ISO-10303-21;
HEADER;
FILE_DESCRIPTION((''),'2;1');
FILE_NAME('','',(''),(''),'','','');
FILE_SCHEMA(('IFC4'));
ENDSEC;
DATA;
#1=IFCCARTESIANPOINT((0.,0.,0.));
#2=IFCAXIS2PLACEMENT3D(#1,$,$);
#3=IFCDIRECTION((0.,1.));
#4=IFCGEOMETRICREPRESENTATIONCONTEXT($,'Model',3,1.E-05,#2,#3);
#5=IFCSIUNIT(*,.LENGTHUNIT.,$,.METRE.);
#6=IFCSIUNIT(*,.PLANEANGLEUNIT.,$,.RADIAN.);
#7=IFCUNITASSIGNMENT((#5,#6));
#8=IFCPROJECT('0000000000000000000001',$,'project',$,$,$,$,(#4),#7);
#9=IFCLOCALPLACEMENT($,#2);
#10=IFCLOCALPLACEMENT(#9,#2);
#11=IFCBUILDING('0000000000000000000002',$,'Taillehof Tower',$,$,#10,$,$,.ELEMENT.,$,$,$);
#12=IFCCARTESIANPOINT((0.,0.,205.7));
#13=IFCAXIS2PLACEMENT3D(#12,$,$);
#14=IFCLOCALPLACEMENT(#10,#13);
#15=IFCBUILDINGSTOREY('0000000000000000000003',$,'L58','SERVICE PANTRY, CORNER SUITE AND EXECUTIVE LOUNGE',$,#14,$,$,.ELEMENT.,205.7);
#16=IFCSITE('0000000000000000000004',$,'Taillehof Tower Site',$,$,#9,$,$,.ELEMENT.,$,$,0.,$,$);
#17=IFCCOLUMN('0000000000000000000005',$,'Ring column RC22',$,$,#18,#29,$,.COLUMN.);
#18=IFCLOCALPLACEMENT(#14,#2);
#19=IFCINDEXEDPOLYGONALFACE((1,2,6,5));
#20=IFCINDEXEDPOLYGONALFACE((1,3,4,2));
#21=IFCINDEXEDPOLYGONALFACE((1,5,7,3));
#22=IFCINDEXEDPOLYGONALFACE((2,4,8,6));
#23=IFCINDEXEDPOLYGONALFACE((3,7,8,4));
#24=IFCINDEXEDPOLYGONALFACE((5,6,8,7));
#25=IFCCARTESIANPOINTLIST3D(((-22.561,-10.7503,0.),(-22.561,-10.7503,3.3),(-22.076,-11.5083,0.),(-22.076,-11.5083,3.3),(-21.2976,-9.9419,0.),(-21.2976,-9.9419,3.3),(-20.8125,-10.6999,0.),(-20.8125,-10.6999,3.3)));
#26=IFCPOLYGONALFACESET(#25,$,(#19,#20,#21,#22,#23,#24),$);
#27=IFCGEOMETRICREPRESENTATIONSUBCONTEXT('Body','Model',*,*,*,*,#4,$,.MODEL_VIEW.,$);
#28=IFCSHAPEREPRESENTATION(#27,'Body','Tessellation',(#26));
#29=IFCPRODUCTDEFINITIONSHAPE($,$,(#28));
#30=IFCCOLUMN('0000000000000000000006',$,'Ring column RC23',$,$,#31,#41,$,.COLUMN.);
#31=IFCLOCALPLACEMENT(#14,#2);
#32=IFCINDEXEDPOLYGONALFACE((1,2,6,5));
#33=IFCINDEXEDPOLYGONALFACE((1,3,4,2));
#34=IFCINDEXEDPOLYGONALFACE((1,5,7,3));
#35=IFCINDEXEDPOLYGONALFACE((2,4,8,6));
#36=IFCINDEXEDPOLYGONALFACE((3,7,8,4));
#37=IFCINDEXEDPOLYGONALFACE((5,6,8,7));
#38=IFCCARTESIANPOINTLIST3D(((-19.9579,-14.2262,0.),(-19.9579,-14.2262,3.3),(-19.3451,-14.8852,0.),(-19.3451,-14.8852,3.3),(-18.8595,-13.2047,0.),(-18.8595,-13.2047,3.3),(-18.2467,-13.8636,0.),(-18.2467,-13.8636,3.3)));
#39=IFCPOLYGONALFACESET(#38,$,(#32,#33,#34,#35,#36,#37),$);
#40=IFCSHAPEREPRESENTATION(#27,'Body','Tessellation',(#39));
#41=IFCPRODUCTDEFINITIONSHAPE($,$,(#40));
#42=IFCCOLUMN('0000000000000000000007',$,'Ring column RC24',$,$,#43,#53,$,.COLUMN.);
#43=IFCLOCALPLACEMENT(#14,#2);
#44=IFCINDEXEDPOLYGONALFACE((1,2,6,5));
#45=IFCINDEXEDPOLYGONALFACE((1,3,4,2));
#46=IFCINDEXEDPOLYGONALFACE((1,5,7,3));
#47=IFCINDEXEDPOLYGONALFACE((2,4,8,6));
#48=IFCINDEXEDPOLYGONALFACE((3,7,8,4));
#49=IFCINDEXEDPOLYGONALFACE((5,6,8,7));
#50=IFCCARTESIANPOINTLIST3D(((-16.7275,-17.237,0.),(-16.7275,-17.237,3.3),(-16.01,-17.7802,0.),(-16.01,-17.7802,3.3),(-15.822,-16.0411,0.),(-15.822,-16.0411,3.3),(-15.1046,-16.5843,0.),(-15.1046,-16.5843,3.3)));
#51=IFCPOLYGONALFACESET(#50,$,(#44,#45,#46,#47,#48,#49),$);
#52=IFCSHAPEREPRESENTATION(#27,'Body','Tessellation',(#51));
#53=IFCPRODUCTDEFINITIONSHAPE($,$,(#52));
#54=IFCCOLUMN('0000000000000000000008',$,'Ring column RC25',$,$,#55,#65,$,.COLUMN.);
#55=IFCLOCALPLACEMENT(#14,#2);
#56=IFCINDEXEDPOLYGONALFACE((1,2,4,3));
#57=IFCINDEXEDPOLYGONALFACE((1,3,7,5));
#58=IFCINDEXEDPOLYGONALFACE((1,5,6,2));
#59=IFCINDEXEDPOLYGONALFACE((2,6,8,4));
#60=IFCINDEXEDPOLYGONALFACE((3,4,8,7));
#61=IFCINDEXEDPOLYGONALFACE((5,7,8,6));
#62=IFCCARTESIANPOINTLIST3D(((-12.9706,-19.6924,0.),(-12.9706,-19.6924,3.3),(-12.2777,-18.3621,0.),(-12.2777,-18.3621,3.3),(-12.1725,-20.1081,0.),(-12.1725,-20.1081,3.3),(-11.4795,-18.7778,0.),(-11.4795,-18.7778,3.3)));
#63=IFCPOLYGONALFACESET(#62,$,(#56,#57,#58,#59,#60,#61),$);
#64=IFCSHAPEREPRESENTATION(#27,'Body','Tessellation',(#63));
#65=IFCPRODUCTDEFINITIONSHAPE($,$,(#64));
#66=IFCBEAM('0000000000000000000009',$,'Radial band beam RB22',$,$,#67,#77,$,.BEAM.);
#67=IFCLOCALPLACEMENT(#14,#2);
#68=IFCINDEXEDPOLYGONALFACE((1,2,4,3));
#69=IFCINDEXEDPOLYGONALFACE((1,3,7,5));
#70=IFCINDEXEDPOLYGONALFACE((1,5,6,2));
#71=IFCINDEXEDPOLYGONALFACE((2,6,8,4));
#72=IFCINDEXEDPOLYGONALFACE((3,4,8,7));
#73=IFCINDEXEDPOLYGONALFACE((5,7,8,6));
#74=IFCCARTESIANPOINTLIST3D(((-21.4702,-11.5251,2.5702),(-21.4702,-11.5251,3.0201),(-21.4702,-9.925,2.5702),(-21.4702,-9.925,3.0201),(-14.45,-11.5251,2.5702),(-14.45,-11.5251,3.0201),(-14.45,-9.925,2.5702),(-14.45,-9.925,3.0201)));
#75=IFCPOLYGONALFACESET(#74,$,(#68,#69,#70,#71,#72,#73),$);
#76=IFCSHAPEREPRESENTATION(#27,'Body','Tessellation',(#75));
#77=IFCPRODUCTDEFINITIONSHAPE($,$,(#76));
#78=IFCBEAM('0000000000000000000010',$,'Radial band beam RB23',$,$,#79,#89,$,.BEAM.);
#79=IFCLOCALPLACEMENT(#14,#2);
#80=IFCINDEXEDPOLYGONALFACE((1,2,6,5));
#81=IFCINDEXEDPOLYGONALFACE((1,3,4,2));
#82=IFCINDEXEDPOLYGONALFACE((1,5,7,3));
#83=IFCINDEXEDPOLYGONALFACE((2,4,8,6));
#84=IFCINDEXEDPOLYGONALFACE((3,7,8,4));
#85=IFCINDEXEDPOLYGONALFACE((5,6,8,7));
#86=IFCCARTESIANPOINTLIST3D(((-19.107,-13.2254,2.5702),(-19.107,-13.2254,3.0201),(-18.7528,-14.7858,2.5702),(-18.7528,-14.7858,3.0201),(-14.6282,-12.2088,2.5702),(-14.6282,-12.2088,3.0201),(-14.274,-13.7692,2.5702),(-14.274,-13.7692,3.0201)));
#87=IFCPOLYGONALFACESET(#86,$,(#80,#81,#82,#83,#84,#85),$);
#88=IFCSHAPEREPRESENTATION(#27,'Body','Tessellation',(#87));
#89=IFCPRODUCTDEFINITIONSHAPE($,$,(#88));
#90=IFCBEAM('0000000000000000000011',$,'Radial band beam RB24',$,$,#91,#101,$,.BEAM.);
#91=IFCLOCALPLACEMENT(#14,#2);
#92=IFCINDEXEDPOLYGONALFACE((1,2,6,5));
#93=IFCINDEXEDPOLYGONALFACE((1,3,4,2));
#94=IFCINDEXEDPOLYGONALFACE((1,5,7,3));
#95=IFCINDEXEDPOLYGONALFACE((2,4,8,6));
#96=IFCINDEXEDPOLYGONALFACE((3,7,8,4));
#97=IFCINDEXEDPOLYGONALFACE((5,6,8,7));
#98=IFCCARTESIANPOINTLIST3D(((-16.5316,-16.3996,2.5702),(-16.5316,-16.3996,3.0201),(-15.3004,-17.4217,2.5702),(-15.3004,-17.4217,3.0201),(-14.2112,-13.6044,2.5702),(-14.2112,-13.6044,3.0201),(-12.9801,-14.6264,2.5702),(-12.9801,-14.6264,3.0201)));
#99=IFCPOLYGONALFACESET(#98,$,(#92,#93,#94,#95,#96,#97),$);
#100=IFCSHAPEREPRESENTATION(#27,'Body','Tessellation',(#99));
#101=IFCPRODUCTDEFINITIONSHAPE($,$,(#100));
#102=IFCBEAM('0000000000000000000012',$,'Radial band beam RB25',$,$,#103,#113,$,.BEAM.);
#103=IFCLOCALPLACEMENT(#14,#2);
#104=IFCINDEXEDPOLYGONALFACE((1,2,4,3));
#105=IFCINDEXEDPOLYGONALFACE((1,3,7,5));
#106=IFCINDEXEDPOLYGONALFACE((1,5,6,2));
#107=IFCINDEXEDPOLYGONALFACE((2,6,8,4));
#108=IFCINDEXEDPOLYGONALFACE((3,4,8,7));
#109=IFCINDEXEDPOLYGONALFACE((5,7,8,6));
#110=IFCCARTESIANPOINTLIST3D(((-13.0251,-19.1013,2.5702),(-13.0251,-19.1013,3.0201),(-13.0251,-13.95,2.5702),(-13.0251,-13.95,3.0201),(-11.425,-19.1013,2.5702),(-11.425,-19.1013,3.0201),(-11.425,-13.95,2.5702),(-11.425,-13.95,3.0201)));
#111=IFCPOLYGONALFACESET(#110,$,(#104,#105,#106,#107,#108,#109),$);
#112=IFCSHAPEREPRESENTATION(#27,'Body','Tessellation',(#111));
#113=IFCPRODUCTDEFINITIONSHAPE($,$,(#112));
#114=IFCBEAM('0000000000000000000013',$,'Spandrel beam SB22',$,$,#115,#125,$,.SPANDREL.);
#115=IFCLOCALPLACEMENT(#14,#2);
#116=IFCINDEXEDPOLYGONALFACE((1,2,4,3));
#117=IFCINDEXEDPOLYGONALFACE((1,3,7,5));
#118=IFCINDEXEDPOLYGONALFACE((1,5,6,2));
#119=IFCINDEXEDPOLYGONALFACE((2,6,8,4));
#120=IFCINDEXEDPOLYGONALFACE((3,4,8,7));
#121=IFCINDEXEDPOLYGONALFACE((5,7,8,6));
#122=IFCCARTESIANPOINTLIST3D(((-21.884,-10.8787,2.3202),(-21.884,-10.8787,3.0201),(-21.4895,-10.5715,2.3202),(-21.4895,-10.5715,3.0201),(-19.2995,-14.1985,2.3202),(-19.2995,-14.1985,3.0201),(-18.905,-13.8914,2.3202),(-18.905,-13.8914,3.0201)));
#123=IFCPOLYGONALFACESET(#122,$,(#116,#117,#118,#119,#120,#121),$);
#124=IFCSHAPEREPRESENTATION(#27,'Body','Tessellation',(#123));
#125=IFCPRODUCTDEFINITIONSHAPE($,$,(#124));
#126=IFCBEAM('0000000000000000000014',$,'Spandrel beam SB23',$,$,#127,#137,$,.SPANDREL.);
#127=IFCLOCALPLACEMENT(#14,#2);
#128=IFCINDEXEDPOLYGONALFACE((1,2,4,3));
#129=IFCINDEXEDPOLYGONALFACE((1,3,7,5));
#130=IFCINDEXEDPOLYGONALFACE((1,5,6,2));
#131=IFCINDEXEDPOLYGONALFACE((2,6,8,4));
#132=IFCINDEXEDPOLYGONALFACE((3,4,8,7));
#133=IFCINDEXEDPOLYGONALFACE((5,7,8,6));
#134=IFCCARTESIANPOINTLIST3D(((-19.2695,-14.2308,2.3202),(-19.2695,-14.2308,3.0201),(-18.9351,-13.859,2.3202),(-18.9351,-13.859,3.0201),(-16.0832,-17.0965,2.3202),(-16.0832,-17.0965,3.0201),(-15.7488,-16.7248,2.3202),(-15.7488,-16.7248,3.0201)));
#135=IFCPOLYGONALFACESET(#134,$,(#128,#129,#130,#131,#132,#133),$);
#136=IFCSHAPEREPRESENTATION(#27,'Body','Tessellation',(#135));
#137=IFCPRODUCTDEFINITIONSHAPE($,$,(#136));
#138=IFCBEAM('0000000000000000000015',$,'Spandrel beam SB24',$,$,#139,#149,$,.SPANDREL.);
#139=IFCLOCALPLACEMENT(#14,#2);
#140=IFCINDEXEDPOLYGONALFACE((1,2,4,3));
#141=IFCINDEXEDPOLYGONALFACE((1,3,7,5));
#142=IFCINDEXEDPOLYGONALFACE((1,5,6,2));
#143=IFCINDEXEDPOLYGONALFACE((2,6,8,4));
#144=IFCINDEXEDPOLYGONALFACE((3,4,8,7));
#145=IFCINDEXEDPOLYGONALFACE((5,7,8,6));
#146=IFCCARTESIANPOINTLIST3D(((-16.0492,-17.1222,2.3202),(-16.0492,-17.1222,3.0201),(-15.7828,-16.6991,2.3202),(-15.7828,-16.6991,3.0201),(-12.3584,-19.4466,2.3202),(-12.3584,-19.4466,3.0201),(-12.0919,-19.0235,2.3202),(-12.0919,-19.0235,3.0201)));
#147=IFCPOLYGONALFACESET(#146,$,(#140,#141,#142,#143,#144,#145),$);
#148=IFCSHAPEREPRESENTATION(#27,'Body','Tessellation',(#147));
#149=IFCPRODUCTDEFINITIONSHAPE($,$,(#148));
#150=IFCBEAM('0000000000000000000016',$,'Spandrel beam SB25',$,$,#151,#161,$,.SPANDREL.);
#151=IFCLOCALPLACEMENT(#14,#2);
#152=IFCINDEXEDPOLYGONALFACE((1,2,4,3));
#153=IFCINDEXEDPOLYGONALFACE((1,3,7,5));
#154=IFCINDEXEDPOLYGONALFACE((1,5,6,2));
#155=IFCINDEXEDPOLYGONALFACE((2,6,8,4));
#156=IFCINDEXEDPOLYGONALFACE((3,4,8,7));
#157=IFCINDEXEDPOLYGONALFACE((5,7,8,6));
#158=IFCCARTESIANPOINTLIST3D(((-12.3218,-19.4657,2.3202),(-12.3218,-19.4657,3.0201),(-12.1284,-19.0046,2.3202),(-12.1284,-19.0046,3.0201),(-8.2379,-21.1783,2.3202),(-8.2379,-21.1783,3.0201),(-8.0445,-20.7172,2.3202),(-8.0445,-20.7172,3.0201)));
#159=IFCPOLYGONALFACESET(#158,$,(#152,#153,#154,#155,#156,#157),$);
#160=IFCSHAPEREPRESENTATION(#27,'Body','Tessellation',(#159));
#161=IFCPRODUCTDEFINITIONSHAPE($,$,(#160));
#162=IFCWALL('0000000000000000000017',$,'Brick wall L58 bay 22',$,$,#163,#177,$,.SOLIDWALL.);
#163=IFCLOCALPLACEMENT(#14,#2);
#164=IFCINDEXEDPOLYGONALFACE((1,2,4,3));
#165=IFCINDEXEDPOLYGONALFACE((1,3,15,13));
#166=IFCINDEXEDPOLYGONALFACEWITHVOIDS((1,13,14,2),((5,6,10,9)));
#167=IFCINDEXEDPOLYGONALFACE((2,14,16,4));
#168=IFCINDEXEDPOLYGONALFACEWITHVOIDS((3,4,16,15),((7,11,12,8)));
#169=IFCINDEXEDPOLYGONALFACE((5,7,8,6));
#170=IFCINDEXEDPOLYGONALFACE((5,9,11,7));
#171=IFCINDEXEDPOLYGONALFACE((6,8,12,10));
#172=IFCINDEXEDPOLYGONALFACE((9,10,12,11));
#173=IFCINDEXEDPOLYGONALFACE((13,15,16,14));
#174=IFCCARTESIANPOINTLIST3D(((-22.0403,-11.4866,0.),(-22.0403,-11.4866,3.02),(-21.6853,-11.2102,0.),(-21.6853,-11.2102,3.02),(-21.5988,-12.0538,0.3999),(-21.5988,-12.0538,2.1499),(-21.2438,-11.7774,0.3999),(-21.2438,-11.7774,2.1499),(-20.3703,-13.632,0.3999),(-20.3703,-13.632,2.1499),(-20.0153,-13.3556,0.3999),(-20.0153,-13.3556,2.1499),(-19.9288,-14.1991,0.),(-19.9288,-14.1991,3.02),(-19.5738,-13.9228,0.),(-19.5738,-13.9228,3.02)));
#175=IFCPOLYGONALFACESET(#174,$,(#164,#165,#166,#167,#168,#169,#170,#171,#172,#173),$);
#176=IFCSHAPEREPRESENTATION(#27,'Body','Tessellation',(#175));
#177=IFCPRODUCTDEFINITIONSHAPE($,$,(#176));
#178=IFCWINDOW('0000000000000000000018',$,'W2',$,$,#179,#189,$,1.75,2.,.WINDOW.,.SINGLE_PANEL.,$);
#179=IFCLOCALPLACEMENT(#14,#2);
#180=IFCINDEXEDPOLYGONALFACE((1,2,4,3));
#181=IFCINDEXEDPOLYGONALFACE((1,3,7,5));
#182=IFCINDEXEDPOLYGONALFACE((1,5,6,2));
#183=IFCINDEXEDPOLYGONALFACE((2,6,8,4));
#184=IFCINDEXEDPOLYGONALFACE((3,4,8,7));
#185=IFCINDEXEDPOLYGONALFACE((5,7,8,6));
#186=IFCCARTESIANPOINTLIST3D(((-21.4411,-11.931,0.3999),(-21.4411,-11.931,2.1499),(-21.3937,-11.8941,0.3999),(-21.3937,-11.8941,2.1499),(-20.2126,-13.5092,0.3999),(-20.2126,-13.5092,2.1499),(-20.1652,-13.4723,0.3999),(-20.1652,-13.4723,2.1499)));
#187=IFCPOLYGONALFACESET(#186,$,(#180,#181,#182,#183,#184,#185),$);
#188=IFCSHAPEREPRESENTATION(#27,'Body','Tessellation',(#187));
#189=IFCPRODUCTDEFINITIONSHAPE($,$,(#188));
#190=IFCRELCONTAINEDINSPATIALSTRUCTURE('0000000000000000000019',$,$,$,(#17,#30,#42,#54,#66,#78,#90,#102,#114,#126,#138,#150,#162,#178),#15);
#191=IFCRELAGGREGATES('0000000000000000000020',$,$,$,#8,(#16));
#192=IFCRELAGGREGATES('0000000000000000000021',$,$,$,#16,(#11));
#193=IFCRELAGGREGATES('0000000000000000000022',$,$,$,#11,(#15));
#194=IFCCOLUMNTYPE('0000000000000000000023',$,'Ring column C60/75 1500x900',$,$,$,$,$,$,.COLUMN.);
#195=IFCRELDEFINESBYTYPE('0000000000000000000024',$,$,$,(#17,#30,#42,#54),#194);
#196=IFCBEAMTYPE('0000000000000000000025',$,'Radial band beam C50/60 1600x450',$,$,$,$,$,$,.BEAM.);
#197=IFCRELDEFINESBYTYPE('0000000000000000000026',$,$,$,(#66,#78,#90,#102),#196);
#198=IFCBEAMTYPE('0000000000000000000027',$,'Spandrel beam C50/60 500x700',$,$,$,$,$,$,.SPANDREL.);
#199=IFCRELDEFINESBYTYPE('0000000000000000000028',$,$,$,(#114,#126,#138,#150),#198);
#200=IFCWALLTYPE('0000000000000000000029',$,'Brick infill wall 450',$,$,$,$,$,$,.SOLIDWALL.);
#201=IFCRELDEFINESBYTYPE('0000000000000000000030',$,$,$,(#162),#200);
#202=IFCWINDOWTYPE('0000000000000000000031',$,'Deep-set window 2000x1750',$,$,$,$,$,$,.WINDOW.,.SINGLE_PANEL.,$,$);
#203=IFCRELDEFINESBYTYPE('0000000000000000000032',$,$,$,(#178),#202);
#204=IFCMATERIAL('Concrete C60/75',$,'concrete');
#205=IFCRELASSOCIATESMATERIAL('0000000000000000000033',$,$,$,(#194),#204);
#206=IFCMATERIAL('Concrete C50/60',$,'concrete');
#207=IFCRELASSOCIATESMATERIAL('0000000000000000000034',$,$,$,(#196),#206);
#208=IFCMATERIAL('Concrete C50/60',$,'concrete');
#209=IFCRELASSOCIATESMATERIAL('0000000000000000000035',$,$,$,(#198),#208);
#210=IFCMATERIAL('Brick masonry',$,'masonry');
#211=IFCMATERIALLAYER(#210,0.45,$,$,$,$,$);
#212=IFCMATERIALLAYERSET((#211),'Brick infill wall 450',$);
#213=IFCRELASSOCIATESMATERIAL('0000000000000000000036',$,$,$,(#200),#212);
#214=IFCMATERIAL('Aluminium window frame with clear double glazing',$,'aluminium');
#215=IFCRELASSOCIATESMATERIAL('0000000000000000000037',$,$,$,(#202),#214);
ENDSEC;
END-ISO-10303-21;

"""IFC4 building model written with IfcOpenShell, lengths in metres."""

from ifc_helpers import new_model, si_unit, direction, frame, frame_2d, origin, origin_2d, place, context, subcontext, project, spatial, rectangle, extrude, material, layer, layer_set, material_profile, profile_set, type_object, element, fill, save


model = new_model("IFC4")

# Units and contexts
model_context = context("Model", 3, precision=1e-05, world=origin(), true_north=direction((0.0, 1.0)))
body_context = subcontext(model_context, "Body", "Model", "MODEL_VIEW")
ifc_project = project(units=[si_unit("LENGTHUNIT", "METRE"), si_unit("PLANEANGLEUNIT", "RADIAN")], contexts=[model_context])

# Site, building, storey
site_placement = place(None, origin())
site = spatial("IfcSite", under=ifc_project, at=site_placement, Name="Taillehof Tower Site", CompositionType="ELEMENT", RefElevation=0.0)
building_placement = place(site_placement, origin())
building = spatial("IfcBuilding", under=site, at=building_placement, Name="Taillehof Tower", CompositionType="ELEMENT")
storey_placement = place(building_placement, frame((0.0, 0.0, 205.7)))
storey = spatial("IfcBuildingStorey", under=building, at=storey_placement, Name="L58", Description="SERVICE PANTRY, CORNER SUITE AND EXECUTIVE LOUNGE", CompositionType="ELEMENT", Elevation=205.7)

# Columns
ifc_material_1 = material(Name="Concrete C60/75", Category="concrete")
ifc_material_profile_1 = material_profile(ifc_material_1, rectangle(XDim=1.5, YDim=0.8999, at=origin_2d()), Name="RC 1500x900")
ifc_profile_set_1 = profile_set([ifc_material_profile_1], Name="Concrete C60/75")
column_type = type_object("IfcColumnType", Name="Ring column C60/75 1500x900", PredefinedType="COLUMN", material=ifc_profile_set_1)
for number, where, z_axis, x_axis, name in (
    (1, (-21.6868, -10.7251, 0.0), (0.0, 0.0, 1.0), (-0.842311, -0.538992, 0.0), "Ring column RC22"),
    (2, (-19.1023, -14.0449, 0.0), (0.0, 0.0, 1.0), (-0.732271, -0.681013, 0.0), "Ring column RC23"),
    (3, (-15.916, -16.9106, 0.0), (0.0, 0.0, 1.0), (-0.603608, -0.797281, 0.0), "Ring column RC24"),
    (4, (-12.2251, -19.2351, 0.0), (0.0, 0.0, 1.0), (-0.461993, -0.886883, 0.0), "Ring column RC25"),
):
    element("IfcColumn", number, at=place(storey_placement, frame(where, z_axis=z_axis, x_axis=x_axis)), inside=storey, type_object=column_type, Name=name, PredefinedType="COLUMN", context=body_context, shape_type="SweptSolid", body=[
        extrude(rectangle(XDim=1.5, YDim=0.8999, at=origin_2d()), origin(), (0.0, 0.0, 1.0), 3.3),
    ])

# Beams
ifc_material_2 = material(Name="Concrete C50/60", Category="concrete")
ifc_material_profile_2 = material_profile(ifc_material_2, rectangle(XDim=1.6001, YDim=0.45, at=origin_2d()), Name="RC 1600x450")
ifc_profile_set_2 = profile_set([ifc_material_profile_2], Name="Concrete C50/60")
beam_type_1 = type_object("IfcBeamType", Name="Radial band beam C50/60 1600x450", PredefinedType="BEAM", material=ifc_profile_set_2)
beam_1_placement = place(storey_placement, frame((-21.4702, -10.7251, 2.7952), z_axis=(1.0, 0.0, 0.0), x_axis=(0.0, 1.0, 0.0)))
element("IfcBeam", 5, at=beam_1_placement, inside=storey, type_object=beam_type_1, Name="Radial band beam RB22", PredefinedType="BEAM", context=body_context, shape_type="SweptSolid", body=[
    extrude(rectangle(XDim=1.6001, YDim=0.45, at=origin_2d()), origin(), (0.0, 0.0, 1.0), 7.0203),
])
beam_2_placement = place(storey_placement, frame((-18.9299, -14.0056, 2.7952), z_axis=(0.975194, 0.221352, 0.0), x_axis=(-0.221352, 0.975194, 0.0)))
element("IfcBeam", 6, at=beam_2_placement, inside=storey, type_object=beam_type_1, Name="Radial band beam RB23", PredefinedType="BEAM", context=body_context, shape_type="SweptSolid", body=[
    extrude(rectangle(XDim=1.6001, YDim=0.45, at=origin_2d()), origin(), (0.0, 0.0, 1.0), 4.5928),
])
beam_3_placement = place(storey_placement, frame((-15.916, -16.9106, 2.7952), z_axis=(0.638722, 0.769437, 0.0), x_axis=(-0.769437, 0.638722, 0.0)))
element("IfcBeam", 7, at=beam_3_placement, inside=storey, type_object=beam_type_1, Name="Radial band beam RB24", PredefinedType="BEAM", context=body_context, shape_type="SweptSolid", body=[
    extrude(rectangle(XDim=1.6001, YDim=0.45, at=origin_2d()), origin(), (0.0, 0.0, 1.0), 3.6328),
])
beam_4_placement = place(storey_placement, frame((-12.2251, -19.1013, 2.7952), z_axis=(0.0, 1.0, 0.0), x_axis=(-1.0, 0.0, 0.0)))
element("IfcBeam", 8, at=beam_4_placement, inside=storey, type_object=beam_type_1, Name="Radial band beam RB25", PredefinedType="BEAM", context=body_context, shape_type="SweptSolid", body=[
    extrude(rectangle(XDim=1.6001, YDim=0.45, at=origin_2d()), origin(), (0.0, 0.0, 1.0), 5.1514),
])
ifc_material_3 = material(Name="Concrete C50/60", Category="concrete")
ifc_material_profile_3 = material_profile(ifc_material_3, rectangle(XDim=0.5, YDim=0.7, at=origin_2d()), Name="RC 500x700")
ifc_profile_set_3 = profile_set([ifc_material_profile_3], Name="Concrete C50/60")
beam_type_2 = type_object("IfcBeamType", Name="Spandrel beam C50/60 500x700", PredefinedType="SPANDREL", material=ifc_profile_set_3)
beam_5_placement = place(storey_placement, frame((-21.6868, -10.7251, 2.6702), z_axis=(0.614294, -0.789077, 0.0), x_axis=(0.789077, 0.614294, 0.0)))
element("IfcBeam", 9, at=beam_5_placement, inside=storey, type_object=beam_type_2, Name="Spandrel beam SB22", PredefinedType="SPANDREL", context=body_context, shape_type="SweptSolid", body=[
    extrude(rectangle(XDim=0.5, YDim=0.7, at=origin_2d()), origin(), (0.0, 0.0, 1.0), 4.2073),
])
beam_6_placement = place(storey_placement, frame((-19.1023, -14.0449, 2.6702), z_axis=(0.743518, -0.668716, 0.0), x_axis=(0.668716, 0.743518, 0.0)))
element("IfcBeam", 10, at=beam_6_placement, inside=storey, type_object=beam_type_2, Name="Spandrel beam SB23", PredefinedType="SPANDREL", context=body_context, shape_type="SweptSolid", body=[
    extrude(rectangle(XDim=0.5, YDim=0.7, at=origin_2d()), origin(), (0.0, 0.0, 1.0), 4.2854),
])
beam_7_placement = place(storey_placement, frame((-15.916, -16.9106, 2.6702), z_axis=(0.846176, -0.532904, 0.0), x_axis=(0.532904, 0.846176, 0.0)))
element("IfcBeam", 11, at=beam_7_placement, inside=storey, type_object=beam_type_2, Name="Spandrel beam SB24", PredefinedType="SPANDREL", context=body_context, shape_type="SweptSolid", body=[
    extrude(rectangle(XDim=0.5, YDim=0.7, at=origin_2d()), origin(), (0.0, 0.0, 1.0), 4.3618),
])
beam_8_placement = place(storey_placement, frame((-12.2251, -19.2351, 2.6702), z_axis=(0.922194, -0.386728, 0.0), x_axis=(0.386728, 0.922194, 0.0)))
element("IfcBeam", 12, at=beam_8_placement, inside=storey, type_object=beam_type_2, Name="Spandrel beam SB25", PredefinedType="SPANDREL", context=body_context, shape_type="SweptSolid", body=[
    extrude(rectangle(XDim=0.5, YDim=0.7, at=origin_2d()), origin(), (0.0, 0.0, 1.0), 4.4285),
])

# Wall, opening, window
ifc_material_4 = material(Name="Brick masonry", Category="masonry")
ifc_layer_1 = layer(ifc_material_4, 0.45)
ifc_layer_set_1 = layer_set([ifc_layer_1], Name="Brick infill wall 450")
wall_type_1 = type_object("IfcWallType", Name="Brick infill wall 450", PredefinedType="SOLIDWALL", material=ifc_layer_set_1)
wall_1_placement = place(storey_placement, frame((-21.8628, -11.3484, 0.0), z_axis=(0.0, 0.0, 1.0), x_axis=(0.614255, -0.789107, 0.0)))
wall_1 = element("IfcWall", 13, at=wall_1_placement, inside=storey, type_object=wall_type_1, Name="Brick wall L58 bay 22", PredefinedType="SOLIDWALL", context=body_context, shape_type="SweptSolid", body=[
    extrude(rectangle(XDim=3.4375, YDim=0.45, at=frame_2d((1.7188, 0.0))), origin(), (0.0, 0.0, 1.0), 3.02),
])
opening_1_placement = place(wall_1_placement, frame((0.7188, 0.0, 0.3999)))
opening_1 = element("IfcOpeningElement", 14, at=opening_1_placement, cuts=wall_1, PredefinedType="OPENING", context=body_context, shape_type="SweptSolid", body=[
    extrude(rectangle(XDim=2.0, YDim=1.75, at=frame_2d((1.0, 0.875))), frame((0.0, 0.2349, 0.0), z_axis=(0.0, -1.0, 0.0), x_axis=(1.0, 0.0, 0.0)), (0.0, 0.0, 1.0), 0.47),
])
ifc_material_5 = material(Name="Aluminium window frame with clear double glazing", Category="aluminium")
window_type = type_object("IfcWindowType", Name="Deep-set window 2000x1750", PartitioningType="SINGLE_PANEL", PredefinedType="WINDOW", material=ifc_material_5)
window_1_placement = place(opening_1_placement, origin())
window_1 = element("IfcWindow", 15, at=window_1_placement, inside=storey, type_object=window_type, Name="W2", OverallHeight=1.75, OverallWidth=2.0, PartitioningType="SINGLE_PANEL", PredefinedType="WINDOW", context=body_context, shape_type="SweptSolid", body=[
    extrude(rectangle(XDim=2.0, YDim=1.75, at=frame_2d((1.0, 0.875))), frame((0.0, 0.0349, 0.0), z_axis=(0.0, -1.0, 0.0), x_axis=(1.0, 0.0, 0.0)), (0.0, 0.0, 1.0), 0.0601),
])
fill(opening_1, window_1)

save(model, "model.ifc")
